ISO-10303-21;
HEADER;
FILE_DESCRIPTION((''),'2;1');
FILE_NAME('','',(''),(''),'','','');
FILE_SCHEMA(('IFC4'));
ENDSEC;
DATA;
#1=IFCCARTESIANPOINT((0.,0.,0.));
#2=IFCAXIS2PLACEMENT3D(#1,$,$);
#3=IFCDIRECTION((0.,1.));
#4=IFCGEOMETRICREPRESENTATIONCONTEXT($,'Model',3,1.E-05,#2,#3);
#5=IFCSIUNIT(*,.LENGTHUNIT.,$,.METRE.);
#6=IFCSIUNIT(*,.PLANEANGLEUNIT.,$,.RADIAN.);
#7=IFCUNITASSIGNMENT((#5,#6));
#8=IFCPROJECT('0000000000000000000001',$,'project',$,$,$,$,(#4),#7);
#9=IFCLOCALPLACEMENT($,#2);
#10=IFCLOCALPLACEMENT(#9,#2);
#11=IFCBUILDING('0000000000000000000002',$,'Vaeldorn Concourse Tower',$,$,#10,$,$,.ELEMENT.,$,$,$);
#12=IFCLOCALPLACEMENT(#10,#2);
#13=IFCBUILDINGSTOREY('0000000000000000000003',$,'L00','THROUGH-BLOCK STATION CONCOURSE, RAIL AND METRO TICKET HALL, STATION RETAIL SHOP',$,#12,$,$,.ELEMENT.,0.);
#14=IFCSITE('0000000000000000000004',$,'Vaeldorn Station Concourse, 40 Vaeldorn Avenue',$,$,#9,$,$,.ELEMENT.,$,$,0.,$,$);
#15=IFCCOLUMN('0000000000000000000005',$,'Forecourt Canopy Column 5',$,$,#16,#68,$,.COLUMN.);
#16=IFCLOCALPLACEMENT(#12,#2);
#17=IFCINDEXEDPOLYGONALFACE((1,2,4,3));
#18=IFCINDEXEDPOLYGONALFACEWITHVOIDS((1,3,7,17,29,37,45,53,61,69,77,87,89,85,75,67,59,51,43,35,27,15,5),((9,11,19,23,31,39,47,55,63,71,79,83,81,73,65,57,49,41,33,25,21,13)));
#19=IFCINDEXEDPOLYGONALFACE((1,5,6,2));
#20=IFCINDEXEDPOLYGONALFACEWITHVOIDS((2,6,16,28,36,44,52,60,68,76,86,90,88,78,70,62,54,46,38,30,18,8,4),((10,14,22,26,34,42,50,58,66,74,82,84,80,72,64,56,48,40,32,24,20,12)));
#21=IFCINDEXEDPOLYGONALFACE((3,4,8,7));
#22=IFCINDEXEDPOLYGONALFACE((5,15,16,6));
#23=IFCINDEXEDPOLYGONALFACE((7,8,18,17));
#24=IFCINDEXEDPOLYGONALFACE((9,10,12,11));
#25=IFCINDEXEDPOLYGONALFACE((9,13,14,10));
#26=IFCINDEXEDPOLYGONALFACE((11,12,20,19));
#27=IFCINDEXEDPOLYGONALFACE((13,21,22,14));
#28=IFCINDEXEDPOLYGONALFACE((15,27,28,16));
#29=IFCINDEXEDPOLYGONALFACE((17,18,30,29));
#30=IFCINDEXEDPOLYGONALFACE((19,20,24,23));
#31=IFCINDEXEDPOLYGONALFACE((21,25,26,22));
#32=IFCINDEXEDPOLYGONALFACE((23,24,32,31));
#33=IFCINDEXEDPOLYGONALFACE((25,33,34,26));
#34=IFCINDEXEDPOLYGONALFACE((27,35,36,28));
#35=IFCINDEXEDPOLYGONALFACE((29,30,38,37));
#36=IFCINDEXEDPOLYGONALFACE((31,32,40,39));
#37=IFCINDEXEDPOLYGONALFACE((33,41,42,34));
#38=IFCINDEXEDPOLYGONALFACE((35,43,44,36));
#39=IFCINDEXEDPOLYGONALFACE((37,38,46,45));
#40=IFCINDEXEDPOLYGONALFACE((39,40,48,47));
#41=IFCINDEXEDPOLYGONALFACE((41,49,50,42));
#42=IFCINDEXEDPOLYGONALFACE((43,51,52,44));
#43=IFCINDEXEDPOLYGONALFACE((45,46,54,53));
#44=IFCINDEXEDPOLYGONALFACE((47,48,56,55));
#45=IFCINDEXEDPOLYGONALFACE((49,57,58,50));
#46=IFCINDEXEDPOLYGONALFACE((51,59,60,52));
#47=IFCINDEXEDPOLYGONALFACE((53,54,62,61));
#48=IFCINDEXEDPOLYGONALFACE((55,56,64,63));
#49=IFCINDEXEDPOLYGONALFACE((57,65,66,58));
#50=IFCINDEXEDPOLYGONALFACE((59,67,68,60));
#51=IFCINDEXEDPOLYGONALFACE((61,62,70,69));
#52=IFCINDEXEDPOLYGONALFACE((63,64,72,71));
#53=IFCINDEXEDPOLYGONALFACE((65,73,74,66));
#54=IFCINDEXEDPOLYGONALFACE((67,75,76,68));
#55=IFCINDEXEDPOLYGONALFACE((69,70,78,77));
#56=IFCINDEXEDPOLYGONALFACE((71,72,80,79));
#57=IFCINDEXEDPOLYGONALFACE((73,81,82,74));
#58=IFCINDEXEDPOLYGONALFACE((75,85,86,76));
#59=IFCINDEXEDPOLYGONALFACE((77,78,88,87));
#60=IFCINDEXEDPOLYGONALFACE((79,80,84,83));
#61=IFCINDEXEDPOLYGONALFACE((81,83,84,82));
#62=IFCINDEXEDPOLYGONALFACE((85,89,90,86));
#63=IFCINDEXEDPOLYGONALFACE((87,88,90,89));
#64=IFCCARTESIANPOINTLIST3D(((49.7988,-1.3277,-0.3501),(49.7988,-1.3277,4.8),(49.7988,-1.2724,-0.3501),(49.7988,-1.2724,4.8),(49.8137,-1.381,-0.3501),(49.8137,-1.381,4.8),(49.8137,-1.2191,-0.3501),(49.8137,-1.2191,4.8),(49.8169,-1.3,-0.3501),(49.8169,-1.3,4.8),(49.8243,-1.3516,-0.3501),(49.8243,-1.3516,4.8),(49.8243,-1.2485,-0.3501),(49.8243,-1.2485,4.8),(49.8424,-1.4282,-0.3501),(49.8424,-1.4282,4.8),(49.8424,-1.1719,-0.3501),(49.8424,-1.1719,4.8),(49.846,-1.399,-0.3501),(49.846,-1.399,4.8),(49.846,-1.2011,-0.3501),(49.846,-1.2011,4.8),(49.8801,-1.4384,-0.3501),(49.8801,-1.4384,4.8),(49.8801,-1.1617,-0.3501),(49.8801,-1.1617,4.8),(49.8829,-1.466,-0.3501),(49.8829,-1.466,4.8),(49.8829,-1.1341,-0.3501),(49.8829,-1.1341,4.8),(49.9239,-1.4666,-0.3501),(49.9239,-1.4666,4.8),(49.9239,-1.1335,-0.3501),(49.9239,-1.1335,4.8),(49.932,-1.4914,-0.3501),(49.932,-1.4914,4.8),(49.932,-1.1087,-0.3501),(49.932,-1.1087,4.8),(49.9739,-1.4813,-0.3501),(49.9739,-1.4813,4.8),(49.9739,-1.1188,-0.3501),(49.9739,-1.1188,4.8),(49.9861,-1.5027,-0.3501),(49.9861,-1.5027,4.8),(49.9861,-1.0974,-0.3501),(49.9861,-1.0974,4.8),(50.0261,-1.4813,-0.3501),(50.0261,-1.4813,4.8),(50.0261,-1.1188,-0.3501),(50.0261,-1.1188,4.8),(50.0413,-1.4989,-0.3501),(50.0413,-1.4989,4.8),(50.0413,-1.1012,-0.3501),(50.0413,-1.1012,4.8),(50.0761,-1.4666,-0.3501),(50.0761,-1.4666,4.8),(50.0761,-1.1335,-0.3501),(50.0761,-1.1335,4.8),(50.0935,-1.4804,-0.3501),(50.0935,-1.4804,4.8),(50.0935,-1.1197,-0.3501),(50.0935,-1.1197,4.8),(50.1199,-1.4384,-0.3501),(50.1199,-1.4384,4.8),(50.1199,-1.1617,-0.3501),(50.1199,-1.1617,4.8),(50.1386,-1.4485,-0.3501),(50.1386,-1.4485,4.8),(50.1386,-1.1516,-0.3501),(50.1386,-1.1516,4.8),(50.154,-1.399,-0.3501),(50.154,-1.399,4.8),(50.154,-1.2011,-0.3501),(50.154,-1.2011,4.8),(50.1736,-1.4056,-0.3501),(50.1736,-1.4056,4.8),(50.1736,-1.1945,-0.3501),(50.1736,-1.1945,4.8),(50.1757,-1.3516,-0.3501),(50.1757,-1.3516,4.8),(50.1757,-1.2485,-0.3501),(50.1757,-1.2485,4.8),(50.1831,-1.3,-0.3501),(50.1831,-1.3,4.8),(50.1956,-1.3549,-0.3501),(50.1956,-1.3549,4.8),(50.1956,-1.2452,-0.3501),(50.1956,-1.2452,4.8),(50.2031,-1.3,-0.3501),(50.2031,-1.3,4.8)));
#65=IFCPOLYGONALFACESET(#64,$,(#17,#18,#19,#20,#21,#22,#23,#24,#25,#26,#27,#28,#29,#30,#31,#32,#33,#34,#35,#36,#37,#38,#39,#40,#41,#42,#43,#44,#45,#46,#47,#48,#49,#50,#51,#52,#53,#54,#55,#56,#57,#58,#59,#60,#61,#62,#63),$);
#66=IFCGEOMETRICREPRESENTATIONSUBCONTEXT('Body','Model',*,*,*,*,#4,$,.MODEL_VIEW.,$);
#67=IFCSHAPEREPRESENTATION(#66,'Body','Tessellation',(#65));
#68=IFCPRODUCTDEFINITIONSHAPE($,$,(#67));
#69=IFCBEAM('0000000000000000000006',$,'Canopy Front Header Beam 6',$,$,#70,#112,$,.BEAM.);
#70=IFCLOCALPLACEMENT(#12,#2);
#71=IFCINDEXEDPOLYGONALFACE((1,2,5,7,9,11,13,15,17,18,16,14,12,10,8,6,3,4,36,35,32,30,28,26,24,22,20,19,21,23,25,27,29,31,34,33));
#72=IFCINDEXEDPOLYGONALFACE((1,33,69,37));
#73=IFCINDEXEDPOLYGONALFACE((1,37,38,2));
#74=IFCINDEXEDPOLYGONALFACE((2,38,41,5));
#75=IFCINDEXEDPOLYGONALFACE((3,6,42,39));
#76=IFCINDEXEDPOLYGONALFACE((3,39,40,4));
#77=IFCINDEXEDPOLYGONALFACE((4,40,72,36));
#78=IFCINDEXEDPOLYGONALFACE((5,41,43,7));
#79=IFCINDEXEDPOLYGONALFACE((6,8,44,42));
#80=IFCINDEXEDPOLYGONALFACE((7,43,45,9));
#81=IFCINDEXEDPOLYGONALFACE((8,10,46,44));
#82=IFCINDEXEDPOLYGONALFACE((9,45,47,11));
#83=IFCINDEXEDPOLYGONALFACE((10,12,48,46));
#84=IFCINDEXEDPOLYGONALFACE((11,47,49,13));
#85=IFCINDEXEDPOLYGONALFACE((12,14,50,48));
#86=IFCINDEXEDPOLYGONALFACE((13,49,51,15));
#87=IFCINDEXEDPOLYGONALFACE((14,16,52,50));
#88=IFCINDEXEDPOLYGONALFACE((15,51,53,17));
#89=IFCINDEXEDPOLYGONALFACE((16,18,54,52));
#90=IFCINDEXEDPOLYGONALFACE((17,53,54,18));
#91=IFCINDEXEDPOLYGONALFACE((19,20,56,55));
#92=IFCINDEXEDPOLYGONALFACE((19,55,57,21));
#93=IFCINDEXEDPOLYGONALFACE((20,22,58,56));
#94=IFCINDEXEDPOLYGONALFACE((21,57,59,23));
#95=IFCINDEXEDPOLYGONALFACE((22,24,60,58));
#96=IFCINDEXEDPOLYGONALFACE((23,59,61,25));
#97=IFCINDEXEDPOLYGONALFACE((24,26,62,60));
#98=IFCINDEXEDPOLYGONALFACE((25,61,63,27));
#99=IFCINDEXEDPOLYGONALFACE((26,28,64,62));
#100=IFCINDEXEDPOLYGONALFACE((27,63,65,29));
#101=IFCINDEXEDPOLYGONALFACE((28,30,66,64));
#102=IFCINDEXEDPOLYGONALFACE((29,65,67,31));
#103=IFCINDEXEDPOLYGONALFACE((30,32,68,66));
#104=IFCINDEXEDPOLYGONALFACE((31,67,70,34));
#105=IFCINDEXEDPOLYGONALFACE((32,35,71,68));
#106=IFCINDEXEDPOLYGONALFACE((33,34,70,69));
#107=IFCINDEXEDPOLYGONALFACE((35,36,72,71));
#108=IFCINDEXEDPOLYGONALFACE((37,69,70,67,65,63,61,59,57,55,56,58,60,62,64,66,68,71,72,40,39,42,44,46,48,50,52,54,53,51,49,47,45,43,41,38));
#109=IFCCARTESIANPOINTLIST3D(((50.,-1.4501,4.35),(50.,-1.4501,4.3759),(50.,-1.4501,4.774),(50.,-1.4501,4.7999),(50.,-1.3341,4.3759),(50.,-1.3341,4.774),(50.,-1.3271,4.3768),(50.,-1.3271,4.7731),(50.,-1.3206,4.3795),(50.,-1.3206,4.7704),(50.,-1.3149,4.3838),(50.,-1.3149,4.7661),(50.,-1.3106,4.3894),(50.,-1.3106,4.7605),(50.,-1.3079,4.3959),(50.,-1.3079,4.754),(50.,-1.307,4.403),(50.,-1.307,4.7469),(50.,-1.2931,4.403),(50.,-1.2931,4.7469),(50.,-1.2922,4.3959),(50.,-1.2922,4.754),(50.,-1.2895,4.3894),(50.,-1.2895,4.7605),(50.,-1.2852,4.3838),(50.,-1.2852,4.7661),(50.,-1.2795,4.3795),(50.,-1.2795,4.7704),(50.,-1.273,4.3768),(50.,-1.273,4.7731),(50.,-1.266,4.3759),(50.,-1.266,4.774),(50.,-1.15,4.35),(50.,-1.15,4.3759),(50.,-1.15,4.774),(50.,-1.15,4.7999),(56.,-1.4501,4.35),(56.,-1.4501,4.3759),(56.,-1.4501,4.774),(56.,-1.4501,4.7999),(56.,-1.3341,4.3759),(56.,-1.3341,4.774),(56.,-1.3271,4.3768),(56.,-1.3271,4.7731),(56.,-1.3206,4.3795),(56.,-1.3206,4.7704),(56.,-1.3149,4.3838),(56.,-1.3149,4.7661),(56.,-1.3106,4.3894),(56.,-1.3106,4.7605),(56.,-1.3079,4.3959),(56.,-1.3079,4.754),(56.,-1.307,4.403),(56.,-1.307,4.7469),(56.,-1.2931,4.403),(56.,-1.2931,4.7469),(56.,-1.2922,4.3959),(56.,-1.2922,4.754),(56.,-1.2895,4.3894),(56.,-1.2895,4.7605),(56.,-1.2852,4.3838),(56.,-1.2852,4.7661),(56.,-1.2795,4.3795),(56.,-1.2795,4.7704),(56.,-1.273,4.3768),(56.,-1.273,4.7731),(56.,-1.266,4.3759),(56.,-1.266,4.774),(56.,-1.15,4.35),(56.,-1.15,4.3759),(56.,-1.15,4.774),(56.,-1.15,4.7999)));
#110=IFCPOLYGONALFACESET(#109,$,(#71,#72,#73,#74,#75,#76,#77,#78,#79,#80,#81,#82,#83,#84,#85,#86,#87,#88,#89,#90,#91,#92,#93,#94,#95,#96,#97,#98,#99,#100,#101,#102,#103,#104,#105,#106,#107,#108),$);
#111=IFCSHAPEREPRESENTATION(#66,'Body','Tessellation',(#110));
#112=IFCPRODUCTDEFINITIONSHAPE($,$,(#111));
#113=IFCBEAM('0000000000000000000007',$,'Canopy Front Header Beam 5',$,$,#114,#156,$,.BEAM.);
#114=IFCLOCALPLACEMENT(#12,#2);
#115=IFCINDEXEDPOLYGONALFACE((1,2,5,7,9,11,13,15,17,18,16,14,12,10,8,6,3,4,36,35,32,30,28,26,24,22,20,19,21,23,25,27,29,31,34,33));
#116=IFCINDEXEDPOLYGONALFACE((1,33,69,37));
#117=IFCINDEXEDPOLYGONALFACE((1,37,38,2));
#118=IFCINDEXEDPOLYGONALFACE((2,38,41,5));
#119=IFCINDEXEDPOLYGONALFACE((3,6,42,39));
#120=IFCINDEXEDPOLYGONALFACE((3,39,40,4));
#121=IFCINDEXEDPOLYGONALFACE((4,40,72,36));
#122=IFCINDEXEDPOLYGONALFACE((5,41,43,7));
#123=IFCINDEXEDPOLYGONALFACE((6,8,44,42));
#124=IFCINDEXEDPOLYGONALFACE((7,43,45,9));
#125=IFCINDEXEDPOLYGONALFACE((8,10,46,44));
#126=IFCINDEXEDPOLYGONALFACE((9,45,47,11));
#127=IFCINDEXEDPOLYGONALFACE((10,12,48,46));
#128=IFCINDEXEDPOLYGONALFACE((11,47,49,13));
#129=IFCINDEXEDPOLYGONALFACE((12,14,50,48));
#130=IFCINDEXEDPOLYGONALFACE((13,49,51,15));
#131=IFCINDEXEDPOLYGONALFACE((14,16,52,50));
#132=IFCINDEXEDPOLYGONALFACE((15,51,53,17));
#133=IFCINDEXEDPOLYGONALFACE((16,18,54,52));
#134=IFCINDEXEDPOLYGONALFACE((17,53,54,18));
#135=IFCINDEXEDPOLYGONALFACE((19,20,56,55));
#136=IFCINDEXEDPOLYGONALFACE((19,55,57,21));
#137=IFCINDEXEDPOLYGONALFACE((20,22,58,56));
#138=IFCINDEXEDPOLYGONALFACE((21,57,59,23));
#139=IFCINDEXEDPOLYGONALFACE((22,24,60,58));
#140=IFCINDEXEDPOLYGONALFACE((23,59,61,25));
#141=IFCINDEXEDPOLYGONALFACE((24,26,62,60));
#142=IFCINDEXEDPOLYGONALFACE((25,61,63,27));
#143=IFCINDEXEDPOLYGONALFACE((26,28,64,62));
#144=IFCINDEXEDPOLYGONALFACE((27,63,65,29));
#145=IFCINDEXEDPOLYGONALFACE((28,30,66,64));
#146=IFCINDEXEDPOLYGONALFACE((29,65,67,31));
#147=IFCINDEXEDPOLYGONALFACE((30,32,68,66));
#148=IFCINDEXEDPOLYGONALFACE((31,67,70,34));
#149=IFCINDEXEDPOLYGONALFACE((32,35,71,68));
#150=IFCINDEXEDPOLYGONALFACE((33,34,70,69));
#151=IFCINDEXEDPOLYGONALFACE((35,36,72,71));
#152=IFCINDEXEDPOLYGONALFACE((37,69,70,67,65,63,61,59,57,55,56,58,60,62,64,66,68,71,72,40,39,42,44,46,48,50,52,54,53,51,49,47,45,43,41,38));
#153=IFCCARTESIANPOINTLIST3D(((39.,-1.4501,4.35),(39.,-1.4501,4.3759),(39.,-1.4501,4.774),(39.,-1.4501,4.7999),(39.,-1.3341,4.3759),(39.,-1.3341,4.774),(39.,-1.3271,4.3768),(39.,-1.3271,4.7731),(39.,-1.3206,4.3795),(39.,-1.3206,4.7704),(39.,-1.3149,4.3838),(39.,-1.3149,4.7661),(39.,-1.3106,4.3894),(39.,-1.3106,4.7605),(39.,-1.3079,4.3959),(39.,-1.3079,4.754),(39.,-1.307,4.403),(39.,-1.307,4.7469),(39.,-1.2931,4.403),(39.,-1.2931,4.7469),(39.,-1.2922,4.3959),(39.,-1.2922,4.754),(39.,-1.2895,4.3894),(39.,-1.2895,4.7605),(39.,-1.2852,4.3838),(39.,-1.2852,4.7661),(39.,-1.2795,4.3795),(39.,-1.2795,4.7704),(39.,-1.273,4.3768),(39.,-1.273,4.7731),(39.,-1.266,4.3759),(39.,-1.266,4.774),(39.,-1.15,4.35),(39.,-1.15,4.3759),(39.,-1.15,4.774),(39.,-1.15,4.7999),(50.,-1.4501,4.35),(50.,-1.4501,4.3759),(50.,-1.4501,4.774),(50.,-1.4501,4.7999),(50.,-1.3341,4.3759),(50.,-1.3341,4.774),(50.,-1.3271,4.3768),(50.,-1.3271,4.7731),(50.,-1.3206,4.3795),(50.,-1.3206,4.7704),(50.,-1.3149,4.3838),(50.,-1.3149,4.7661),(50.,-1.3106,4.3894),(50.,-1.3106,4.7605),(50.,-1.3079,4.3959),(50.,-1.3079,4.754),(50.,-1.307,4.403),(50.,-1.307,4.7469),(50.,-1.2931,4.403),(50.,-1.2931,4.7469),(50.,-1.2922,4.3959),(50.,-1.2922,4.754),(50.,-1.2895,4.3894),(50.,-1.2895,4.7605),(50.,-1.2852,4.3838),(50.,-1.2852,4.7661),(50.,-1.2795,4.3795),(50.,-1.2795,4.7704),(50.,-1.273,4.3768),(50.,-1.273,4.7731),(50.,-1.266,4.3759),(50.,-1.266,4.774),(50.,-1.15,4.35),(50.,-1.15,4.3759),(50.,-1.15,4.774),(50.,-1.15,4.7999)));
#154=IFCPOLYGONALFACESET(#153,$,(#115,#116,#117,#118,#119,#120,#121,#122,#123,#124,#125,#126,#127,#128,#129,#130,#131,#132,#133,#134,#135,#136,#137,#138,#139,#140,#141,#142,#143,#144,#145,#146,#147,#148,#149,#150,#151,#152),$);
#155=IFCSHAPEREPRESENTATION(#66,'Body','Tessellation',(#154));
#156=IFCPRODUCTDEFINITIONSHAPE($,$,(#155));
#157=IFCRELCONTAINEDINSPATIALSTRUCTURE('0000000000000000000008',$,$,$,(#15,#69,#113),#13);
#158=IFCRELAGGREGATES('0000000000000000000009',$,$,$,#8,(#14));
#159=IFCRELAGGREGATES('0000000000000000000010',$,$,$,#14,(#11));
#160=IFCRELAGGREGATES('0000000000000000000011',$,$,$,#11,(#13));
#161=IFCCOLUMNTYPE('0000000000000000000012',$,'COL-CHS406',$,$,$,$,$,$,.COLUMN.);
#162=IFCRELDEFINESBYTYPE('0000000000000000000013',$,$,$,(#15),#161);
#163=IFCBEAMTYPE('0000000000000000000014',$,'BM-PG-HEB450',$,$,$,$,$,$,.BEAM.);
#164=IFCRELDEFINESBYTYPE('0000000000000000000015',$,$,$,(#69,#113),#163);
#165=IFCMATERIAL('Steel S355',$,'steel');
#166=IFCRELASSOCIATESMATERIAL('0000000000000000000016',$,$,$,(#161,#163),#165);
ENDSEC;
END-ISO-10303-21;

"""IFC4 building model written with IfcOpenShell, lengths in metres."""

from ifc_helpers import new_model, si_unit, direction, frame, origin, origin_2d, place, context, subcontext, project, spatial, hollow_circle, i_section, extrude, source, transform, mapped, material, material_profile, profile_set, type_object, element, save


model = new_model("IFC4")

# Units and contexts
model_context = context("Model", 3, precision=1e-05, world=origin(), true_north=direction((0.0, 1.0)))
body_context = subcontext(model_context, "Body", "Model", "MODEL_VIEW")
ifc_project = project(units=[si_unit("LENGTHUNIT", "METRE"), si_unit("PLANEANGLEUNIT", "RADIAN")], contexts=[model_context])

# Site, building, storey
site_placement = place(None, origin())
site = spatial("IfcSite", under=ifc_project, at=site_placement, Name="Vaeldorn Station Concourse, 40 Vaeldorn Avenue", CompositionType="ELEMENT", RefElevation=0.0)
building_placement = place(site_placement, origin())
building = spatial("IfcBuilding", under=site, at=building_placement, Name="Vaeldorn Concourse Tower", CompositionType="ELEMENT")
storey_placement = place(building_placement, origin())
storey = spatial("IfcBuildingStorey", under=building, at=storey_placement, Name="L00", Description="THROUGH-BLOCK STATION CONCOURSE, RAIL AND METRO TICKET HALL, STATION RETAIL SHOP", CompositionType="ELEMENT", Elevation=0.0)

# Column
ifc_material_1 = material(Name="Steel S355", Category="steel")
ifc_material_profile_1 = material_profile(ifc_material_1, hollow_circle(Radius=0.2031, WallThickness=0.02, at=origin_2d()), Name="CHS 406.4x20")
ifc_profile_set_1 = profile_set([ifc_material_profile_1], Name="Steel S355")
column_type_1 = type_object("IfcColumnType", Name="COL-CHS406", PredefinedType="COLUMN", material=ifc_profile_set_1)
shared_shape_1 = source(origin(), body_context, "Body", "SweptSolid", [
    extrude(hollow_circle(Radius=0.2031, WallThickness=0.02, at=origin_2d()), origin(), (0.0, 0.0, 1.0), 5.1501),
])
for number, where, z_axis, x_axis, name in (
    (1, (50.0, -1.3, -0.3501), (0.0, 0.0, 1.0), (1.0, 0.0, 0.0), "Forecourt Canopy Column 5"),
):
    element("IfcColumn", number, at=place(storey_placement, frame(where, z_axis=z_axis, x_axis=x_axis)), inside=storey, type_object=column_type_1, Name=name, PredefinedType="COLUMN", context=body_context, shape_type="MappedRepresentation", body=[
        mapped(shared_shape_1, transform((0.0, 0.0, 0.0), scale=1.0)),
    ])

# Beams
ifc_material_profile_2 = material_profile(ifc_material_1, i_section(OverallWidth=0.3, OverallDepth=0.45, WebThickness=0.0139, FlangeThickness=0.0259, FilletRadius=0.0271, at=origin_2d()), Name="HEB 450")
ifc_profile_set_2 = profile_set([ifc_material_profile_2], Name="Steel S355")
beam_type_1 = type_object("IfcBeamType", Name="BM-PG-HEB450", PredefinedType="BEAM", material=ifc_profile_set_2)
shared_shape_2 = source(origin(), body_context, "Body", "SweptSolid", [
    extrude(i_section(OverallWidth=0.3, OverallDepth=0.45, WebThickness=0.0139, FlangeThickness=0.0259, FilletRadius=0.0271, at=origin_2d()), origin(), (0.0, 0.0, 1.0), 6.0),
])
beam_1_placement = place(storey_placement, frame((50.0, -1.3, 4.575), z_axis=(1.0, 0.0, 0.0), x_axis=(0.0, 1.0, 0.0)))
element("IfcBeam", 2, at=beam_1_placement, inside=storey, type_object=beam_type_1, Name="Canopy Front Header Beam 6", PredefinedType="BEAM", context=body_context, shape_type="MappedRepresentation", body=[
    mapped(shared_shape_2, transform((0.0, 0.0, 0.0), scale=1.0)),
])
shared_shape_3 = source(origin(), body_context, "Body", "SweptSolid", [
    extrude(i_section(OverallWidth=0.3, OverallDepth=0.45, WebThickness=0.0139, FlangeThickness=0.0259, FilletRadius=0.0271, at=origin_2d()), origin(), (0.0, 0.0, 1.0), 11.0),
])
beam_2_placement = place(storey_placement, frame((39.0, -1.3, 4.575), z_axis=(1.0, 0.0, 0.0), x_axis=(0.0, 1.0, 0.0)))
element("IfcBeam", 3, at=beam_2_placement, inside=storey, type_object=beam_type_1, Name="Canopy Front Header Beam 5", PredefinedType="BEAM", context=body_context, shape_type="MappedRepresentation", body=[
    mapped(shared_shape_3, transform((0.0, 0.0, 0.0), scale=1.0)),
])

save(model, "model.ifc")
